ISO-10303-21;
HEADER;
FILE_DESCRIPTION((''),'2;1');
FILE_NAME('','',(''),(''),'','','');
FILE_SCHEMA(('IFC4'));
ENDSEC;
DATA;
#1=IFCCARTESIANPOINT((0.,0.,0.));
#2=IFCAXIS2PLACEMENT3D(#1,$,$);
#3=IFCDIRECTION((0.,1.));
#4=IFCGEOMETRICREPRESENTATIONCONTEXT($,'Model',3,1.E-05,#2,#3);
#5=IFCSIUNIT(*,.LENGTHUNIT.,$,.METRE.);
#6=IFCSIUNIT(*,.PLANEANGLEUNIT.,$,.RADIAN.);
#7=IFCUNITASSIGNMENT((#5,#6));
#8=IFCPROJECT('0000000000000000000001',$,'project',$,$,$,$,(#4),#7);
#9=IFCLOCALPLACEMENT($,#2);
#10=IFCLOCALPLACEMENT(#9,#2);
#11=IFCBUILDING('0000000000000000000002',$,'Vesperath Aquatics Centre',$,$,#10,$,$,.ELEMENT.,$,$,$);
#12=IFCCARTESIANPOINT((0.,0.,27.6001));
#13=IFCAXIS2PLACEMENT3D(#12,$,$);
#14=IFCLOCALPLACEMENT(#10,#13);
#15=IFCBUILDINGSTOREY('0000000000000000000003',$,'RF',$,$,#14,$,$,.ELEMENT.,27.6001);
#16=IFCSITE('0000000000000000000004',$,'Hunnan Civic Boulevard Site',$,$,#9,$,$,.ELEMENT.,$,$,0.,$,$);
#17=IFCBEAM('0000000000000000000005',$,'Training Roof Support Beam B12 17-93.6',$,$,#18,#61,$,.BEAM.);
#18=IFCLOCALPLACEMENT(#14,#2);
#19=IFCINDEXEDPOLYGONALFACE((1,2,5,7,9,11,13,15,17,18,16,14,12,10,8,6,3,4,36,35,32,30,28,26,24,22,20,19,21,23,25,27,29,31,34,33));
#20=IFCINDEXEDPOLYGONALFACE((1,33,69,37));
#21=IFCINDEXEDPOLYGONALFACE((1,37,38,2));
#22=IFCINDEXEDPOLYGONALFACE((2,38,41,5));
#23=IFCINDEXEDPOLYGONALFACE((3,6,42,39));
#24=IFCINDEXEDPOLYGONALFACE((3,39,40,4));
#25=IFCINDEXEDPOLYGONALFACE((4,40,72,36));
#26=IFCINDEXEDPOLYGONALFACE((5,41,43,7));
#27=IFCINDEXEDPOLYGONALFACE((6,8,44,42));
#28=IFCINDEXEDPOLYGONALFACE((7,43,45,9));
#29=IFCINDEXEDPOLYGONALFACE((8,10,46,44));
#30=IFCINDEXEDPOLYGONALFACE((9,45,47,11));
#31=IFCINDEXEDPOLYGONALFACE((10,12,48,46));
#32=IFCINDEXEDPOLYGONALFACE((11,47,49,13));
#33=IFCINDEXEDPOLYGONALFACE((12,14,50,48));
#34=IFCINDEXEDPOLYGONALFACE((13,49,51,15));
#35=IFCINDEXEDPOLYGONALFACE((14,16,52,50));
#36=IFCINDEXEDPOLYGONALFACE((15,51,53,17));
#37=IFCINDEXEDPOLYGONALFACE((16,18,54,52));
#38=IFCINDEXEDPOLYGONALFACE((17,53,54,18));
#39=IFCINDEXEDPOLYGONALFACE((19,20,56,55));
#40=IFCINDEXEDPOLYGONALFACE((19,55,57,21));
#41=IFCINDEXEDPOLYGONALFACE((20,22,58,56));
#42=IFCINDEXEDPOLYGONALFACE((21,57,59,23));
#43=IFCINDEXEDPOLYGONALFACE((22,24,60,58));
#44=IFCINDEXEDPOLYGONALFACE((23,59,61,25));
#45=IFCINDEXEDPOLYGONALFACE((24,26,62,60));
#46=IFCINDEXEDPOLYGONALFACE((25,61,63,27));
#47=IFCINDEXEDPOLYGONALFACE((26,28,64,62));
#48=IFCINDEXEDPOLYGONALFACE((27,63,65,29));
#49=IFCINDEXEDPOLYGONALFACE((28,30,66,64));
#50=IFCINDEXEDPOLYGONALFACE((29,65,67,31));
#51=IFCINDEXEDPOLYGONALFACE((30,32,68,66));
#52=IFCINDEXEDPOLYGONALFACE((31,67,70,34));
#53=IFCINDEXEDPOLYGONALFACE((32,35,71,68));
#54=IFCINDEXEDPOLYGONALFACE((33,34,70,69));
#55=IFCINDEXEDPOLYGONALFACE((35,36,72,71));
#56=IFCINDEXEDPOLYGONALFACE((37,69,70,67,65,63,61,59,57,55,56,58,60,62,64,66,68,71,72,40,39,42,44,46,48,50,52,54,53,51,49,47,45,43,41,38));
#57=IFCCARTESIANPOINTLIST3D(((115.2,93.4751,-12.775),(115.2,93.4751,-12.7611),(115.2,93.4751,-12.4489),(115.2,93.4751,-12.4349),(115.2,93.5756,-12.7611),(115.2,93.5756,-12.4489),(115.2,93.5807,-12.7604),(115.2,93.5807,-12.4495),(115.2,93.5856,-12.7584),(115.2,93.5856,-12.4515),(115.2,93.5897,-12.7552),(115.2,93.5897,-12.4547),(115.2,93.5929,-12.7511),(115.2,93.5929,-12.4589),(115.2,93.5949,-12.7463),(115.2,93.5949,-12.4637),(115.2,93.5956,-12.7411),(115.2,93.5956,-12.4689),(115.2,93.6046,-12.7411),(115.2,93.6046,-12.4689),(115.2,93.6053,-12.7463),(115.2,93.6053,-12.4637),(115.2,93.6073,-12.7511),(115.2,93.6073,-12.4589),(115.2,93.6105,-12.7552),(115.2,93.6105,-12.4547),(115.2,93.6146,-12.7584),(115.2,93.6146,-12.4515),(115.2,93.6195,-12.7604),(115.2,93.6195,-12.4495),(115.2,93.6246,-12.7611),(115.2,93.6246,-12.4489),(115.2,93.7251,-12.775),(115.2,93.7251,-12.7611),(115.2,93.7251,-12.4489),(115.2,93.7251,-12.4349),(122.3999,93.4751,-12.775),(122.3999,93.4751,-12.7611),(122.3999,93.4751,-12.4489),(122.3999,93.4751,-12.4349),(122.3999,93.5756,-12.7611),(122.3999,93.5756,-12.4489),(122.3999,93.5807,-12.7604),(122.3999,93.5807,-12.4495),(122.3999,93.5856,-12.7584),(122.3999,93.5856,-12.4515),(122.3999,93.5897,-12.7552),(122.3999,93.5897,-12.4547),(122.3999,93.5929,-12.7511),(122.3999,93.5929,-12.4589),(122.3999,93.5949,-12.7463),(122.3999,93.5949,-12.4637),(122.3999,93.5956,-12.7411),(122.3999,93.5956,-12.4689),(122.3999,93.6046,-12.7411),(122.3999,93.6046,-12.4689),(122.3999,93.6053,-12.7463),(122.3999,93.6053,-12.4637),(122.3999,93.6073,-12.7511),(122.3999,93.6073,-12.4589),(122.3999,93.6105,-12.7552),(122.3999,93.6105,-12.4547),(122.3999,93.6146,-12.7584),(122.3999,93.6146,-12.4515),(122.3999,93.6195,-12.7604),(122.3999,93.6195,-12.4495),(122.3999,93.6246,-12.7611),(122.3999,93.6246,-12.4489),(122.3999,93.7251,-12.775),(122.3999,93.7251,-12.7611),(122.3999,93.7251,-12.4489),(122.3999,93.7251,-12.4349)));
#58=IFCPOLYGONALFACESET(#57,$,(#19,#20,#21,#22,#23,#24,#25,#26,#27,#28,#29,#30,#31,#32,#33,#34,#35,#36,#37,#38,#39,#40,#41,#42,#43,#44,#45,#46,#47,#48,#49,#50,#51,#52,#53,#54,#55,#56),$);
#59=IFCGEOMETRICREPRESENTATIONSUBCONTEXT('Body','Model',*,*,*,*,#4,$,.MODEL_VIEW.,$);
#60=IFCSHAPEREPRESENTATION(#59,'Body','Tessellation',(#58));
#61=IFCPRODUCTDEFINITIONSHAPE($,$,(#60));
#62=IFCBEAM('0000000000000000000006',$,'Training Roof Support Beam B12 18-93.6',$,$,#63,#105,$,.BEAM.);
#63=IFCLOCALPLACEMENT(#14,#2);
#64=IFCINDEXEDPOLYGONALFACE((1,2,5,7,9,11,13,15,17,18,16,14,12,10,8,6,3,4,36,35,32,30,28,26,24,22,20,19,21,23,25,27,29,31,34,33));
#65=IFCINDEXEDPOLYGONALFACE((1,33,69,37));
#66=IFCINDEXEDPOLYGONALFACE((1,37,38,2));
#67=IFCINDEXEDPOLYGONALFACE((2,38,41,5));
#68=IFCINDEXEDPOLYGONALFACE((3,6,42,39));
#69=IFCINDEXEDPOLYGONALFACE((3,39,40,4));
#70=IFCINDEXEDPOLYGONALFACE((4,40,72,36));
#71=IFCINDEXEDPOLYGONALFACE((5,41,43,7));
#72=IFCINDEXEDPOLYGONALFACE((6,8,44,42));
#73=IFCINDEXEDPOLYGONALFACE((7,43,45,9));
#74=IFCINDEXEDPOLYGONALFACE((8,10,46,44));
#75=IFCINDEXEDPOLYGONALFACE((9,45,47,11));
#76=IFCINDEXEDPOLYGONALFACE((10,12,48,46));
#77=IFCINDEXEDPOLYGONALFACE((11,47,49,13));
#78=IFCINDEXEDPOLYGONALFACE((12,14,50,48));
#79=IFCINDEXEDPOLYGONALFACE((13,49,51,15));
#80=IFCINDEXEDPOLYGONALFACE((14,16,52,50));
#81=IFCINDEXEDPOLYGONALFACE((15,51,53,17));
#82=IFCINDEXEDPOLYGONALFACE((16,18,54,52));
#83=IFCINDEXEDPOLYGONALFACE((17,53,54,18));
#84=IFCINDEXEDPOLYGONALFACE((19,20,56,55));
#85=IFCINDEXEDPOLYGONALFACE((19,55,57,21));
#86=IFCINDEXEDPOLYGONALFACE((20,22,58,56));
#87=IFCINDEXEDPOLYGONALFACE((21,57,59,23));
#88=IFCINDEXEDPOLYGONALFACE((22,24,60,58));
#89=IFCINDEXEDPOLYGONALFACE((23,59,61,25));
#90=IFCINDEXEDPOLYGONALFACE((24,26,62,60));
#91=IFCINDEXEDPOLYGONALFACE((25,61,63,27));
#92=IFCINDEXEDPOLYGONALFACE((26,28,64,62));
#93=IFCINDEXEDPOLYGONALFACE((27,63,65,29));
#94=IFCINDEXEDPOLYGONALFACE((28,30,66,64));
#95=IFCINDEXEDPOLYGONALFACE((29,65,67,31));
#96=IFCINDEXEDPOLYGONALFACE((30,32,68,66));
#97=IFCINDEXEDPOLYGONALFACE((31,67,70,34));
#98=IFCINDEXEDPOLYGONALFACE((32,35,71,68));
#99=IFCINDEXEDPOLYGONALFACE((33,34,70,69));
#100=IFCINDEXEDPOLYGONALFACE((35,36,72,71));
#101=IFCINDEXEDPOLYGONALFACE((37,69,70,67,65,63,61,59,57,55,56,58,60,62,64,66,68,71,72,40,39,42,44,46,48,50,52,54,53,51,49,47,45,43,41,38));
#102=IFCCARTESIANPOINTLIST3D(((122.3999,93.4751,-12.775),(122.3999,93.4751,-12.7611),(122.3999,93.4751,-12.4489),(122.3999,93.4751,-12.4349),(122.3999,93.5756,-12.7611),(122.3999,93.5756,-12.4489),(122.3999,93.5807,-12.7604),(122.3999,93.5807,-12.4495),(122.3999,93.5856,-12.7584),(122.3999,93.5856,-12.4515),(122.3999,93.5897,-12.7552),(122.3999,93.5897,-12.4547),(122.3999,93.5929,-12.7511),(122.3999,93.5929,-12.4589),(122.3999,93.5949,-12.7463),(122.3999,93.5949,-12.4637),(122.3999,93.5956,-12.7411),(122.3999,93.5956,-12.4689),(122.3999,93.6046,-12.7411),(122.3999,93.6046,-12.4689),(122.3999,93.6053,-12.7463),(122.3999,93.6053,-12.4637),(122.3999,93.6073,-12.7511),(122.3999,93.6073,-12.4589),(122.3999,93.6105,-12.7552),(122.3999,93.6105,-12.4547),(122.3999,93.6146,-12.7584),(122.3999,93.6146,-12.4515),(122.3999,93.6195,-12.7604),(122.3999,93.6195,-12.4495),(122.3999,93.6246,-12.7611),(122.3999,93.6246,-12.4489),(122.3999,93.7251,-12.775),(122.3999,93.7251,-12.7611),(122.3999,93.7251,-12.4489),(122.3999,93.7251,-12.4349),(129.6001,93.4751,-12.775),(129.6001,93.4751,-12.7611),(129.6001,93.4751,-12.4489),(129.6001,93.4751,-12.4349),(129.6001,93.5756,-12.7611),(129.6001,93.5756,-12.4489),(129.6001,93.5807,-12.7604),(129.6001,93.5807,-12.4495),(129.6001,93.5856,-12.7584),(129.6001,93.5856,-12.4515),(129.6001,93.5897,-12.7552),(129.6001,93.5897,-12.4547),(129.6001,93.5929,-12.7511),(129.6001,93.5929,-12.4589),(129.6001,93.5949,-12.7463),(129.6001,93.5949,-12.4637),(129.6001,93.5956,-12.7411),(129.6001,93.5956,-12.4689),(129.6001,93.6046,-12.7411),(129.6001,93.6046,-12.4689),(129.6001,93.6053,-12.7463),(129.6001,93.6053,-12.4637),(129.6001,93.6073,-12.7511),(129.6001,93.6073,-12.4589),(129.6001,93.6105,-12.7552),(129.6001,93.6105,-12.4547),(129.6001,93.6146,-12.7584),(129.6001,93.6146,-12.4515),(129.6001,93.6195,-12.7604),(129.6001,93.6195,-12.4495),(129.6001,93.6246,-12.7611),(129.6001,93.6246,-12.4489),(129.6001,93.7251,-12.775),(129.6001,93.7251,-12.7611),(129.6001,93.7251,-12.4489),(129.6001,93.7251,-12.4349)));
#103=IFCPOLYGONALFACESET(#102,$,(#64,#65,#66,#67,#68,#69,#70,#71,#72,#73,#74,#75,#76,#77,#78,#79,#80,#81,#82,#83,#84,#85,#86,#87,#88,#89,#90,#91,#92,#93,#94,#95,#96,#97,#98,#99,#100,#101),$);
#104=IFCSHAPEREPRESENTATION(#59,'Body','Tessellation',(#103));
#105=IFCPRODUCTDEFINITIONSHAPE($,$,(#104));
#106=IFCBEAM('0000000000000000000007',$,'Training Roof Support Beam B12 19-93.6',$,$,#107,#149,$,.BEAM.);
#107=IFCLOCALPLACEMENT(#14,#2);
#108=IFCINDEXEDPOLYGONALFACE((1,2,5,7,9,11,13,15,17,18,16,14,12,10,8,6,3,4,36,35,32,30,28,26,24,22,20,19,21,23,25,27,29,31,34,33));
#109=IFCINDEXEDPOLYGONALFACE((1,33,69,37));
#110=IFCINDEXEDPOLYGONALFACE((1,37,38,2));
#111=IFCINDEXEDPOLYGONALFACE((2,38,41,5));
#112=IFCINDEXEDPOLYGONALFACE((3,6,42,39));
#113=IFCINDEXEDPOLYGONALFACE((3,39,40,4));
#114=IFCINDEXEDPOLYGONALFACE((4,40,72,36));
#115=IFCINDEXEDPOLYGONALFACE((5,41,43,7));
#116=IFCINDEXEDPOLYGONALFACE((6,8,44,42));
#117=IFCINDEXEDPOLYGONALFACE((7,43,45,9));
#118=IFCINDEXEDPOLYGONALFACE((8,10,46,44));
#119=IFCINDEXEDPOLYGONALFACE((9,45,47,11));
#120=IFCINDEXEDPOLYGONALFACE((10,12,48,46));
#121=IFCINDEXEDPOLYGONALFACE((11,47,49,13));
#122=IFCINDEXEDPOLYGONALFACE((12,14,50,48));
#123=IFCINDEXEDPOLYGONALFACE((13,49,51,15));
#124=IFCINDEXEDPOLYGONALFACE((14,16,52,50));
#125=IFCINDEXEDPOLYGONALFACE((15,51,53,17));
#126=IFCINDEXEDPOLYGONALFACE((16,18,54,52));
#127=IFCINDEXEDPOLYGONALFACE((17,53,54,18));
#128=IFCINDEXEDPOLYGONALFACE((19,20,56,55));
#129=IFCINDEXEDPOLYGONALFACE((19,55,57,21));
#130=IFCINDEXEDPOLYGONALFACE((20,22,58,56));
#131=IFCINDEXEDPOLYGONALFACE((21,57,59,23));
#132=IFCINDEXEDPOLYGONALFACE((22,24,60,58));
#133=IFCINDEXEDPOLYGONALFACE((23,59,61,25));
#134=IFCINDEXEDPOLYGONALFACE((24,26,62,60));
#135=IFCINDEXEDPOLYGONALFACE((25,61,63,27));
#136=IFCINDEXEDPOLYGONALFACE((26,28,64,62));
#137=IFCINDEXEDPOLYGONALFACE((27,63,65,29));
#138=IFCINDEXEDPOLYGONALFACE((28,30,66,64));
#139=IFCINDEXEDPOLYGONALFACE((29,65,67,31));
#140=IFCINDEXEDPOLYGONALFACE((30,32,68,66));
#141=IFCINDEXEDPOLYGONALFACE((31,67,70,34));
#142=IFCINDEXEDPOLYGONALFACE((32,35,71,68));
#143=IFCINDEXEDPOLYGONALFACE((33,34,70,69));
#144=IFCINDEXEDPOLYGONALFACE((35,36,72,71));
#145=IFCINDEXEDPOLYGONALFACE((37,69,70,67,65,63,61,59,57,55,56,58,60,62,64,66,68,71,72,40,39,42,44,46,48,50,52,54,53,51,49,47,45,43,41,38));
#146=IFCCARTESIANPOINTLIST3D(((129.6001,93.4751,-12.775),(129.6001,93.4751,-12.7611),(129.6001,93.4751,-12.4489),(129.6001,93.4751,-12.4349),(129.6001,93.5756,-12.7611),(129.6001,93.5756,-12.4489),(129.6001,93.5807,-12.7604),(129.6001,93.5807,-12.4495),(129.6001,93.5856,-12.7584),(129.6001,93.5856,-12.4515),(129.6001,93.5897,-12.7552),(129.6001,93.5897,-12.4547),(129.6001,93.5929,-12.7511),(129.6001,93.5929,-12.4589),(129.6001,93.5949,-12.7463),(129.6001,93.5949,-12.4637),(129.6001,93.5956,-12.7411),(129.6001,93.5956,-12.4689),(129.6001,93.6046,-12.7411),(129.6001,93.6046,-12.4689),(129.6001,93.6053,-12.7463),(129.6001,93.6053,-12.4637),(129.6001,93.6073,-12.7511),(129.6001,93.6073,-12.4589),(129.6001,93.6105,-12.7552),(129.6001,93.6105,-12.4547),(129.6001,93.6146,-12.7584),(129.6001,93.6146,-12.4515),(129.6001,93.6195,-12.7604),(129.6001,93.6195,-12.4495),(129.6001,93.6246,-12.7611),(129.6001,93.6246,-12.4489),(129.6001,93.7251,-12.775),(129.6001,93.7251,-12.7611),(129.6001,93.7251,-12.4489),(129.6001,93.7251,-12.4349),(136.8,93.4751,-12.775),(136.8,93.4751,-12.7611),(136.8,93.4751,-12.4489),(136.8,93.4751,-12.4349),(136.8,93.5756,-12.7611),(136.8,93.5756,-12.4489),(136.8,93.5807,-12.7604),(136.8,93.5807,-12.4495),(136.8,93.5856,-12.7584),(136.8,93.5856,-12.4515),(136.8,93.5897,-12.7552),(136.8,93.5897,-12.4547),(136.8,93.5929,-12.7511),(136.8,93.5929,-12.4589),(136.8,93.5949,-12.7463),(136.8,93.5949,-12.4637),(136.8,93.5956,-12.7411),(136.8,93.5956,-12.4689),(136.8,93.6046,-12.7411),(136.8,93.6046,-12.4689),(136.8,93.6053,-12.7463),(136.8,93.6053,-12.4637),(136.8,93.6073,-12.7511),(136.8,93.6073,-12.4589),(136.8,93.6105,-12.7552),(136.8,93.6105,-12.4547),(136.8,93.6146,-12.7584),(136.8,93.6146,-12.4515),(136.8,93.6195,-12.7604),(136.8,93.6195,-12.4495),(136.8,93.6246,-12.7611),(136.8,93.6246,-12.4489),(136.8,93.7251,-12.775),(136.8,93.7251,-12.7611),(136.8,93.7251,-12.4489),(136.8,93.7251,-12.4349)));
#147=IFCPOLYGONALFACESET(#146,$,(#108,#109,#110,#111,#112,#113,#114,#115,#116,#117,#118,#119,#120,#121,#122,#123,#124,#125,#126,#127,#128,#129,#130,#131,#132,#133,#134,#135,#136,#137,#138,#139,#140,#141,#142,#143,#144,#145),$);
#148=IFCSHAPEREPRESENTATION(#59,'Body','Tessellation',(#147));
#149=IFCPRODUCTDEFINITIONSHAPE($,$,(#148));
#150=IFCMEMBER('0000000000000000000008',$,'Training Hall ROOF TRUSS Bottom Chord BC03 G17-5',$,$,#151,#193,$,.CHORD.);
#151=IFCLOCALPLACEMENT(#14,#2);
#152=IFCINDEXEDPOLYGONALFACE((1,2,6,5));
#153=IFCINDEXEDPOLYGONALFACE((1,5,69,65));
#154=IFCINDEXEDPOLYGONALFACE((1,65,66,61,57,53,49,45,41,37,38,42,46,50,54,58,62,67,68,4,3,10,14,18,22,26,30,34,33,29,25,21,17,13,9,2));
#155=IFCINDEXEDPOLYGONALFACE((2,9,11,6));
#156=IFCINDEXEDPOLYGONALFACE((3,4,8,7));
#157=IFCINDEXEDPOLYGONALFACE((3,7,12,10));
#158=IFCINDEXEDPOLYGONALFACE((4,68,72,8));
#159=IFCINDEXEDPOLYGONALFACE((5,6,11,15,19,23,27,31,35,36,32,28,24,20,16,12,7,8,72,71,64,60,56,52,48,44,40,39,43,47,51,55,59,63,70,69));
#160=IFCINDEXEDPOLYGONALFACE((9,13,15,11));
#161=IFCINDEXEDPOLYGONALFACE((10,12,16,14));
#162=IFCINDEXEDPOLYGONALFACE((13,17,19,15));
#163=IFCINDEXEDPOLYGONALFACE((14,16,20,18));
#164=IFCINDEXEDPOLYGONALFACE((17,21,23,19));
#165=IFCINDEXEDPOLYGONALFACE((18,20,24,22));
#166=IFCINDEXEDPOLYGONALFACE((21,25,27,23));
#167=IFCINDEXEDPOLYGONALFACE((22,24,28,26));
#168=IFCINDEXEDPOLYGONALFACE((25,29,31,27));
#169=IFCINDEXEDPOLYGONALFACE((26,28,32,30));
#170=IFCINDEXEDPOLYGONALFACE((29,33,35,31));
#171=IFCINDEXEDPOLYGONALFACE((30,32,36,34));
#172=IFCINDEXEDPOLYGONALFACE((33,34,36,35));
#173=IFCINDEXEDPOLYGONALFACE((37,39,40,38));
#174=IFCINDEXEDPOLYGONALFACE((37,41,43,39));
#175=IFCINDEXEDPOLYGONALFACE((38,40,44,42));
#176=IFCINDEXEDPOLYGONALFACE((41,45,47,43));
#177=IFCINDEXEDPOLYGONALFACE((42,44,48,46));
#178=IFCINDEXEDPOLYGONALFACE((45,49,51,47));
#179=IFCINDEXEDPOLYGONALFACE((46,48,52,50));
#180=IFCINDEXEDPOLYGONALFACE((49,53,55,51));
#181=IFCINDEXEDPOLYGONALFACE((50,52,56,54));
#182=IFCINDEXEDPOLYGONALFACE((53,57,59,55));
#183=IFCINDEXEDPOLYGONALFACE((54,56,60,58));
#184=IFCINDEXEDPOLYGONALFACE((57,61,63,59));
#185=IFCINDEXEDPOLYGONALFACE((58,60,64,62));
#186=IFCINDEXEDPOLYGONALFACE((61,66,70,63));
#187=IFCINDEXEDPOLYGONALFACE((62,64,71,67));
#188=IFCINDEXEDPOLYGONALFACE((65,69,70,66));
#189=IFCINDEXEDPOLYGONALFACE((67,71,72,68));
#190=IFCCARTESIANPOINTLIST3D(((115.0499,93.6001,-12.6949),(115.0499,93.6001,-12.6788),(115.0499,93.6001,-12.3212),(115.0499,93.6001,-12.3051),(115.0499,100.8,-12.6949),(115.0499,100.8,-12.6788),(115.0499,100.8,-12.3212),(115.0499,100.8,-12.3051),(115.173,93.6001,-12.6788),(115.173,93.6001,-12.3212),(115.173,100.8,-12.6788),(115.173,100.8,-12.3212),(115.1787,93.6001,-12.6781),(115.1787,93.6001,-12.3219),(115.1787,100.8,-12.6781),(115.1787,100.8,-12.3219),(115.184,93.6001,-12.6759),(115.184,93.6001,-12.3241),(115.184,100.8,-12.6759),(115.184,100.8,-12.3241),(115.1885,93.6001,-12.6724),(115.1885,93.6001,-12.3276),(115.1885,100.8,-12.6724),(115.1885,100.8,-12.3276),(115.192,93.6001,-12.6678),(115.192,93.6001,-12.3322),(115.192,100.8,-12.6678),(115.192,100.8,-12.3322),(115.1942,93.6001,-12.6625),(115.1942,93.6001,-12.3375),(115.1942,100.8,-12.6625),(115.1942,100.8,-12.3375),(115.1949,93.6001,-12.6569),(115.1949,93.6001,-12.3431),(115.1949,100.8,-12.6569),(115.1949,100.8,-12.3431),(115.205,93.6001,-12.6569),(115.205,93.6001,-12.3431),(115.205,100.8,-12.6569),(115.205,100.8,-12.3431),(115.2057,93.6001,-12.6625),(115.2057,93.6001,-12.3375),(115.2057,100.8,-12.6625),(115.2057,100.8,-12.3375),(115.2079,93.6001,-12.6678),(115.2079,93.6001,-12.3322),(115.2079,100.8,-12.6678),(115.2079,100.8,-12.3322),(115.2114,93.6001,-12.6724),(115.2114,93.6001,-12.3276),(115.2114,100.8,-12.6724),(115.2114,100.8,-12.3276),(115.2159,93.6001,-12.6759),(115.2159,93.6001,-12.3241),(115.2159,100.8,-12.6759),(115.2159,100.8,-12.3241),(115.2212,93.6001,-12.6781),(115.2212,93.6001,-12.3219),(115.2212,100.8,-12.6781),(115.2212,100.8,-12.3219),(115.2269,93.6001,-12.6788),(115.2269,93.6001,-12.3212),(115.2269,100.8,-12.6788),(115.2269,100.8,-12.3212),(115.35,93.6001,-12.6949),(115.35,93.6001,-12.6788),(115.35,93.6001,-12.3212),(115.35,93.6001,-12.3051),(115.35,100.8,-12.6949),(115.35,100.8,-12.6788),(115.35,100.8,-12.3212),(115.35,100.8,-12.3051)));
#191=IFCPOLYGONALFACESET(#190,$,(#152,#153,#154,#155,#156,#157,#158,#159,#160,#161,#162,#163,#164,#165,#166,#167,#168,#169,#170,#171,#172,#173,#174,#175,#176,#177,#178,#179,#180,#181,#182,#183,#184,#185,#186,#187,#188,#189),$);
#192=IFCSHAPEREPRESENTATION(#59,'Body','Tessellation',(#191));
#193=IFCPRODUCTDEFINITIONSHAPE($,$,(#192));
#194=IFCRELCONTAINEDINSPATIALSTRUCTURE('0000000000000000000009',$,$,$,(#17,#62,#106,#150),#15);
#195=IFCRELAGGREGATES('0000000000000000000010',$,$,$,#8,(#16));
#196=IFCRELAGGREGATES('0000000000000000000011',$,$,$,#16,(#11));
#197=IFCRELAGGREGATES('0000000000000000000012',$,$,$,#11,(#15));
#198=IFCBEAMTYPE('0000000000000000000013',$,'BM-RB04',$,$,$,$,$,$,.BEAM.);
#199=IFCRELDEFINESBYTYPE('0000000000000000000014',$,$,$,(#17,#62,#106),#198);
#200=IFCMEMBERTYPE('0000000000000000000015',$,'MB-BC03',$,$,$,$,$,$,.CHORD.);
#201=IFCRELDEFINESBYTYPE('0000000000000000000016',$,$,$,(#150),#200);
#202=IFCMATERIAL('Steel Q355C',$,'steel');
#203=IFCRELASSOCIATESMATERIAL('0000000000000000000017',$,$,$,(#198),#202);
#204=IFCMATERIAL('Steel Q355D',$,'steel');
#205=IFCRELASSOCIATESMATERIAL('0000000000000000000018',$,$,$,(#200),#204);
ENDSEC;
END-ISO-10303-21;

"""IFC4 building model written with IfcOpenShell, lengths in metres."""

from ifc_helpers import new_model, si_unit, direction, frame, origin, origin_2d, place, context, subcontext, project, spatial, i_section, extrude, material, material_profile, profile_set, type_object, element, save


model = new_model("IFC4")

# Units and contexts
model_context = context("Model", 3, precision=1e-05, world=origin(), true_north=direction((0.0, 1.0)))
body_context = subcontext(model_context, "Body", "Model", "MODEL_VIEW")
ifc_project = project(units=[si_unit("LENGTHUNIT", "METRE"), si_unit("PLANEANGLEUNIT", "RADIAN")], contexts=[model_context])

# Site, building, storey
site_placement = place(None, origin())
site = spatial("IfcSite", under=ifc_project, at=site_placement, Name="Hunnan Civic Boulevard Site", CompositionType="ELEMENT", RefElevation=0.0)
building_placement = place(site_placement, origin())
building = spatial("IfcBuilding", under=site, at=building_placement, Name="Vesperath Aquatics Centre", CompositionType="ELEMENT")
storey_placement = place(building_placement, frame((0.0, 0.0, 27.6001)))
storey = spatial("IfcBuildingStorey", under=building, at=storey_placement, Name="RF", CompositionType="ELEMENT", Elevation=27.6001)

# Beams
ifc_material_1 = material(Name="Steel Q355C", Category="steel")
ifc_material_profile_1 = material_profile(ifc_material_1, i_section(OverallWidth=0.25, OverallDepth=0.3401, WebThickness=0.009, FlangeThickness=0.0139, FilletRadius=0.02, at=origin_2d()), Name="HM 340x250x9x14")
ifc_profile_set_1 = profile_set([ifc_material_profile_1], Name="Steel Q355C")
beam_type = type_object("IfcBeamType", Name="BM-RB04", PredefinedType="BEAM", material=ifc_profile_set_1)
beam_1_placement = place(storey_placement, frame((115.2, 93.6001, -12.605), z_axis=(1.0, 0.0, 0.0), x_axis=(0.0, 1.0, 0.0)))
element("IfcBeam", 1, at=beam_1_placement, inside=storey, type_object=beam_type, Name="Training Roof Support Beam B12 17-93.6", PredefinedType="BEAM", context=body_context, shape_type="SweptSolid", body=[
    extrude(i_section(OverallWidth=0.25, OverallDepth=0.3401, WebThickness=0.009, FlangeThickness=0.0139, FilletRadius=0.02, at=origin_2d()), origin(), (0.0, 0.0, 1.0), 7.2),
])
beam_2_placement = place(storey_placement, frame((122.3999, 93.6001, -12.605), z_axis=(1.0, 0.0, 0.0), x_axis=(0.0, 1.0, 0.0)))
element("IfcBeam", 2, at=beam_2_placement, inside=storey, type_object=beam_type, Name="Training Roof Support Beam B12 18-93.6", PredefinedType="BEAM", context=body_context, shape_type="SweptSolid", body=[
    extrude(i_section(OverallWidth=0.25, OverallDepth=0.3401, WebThickness=0.009, FlangeThickness=0.0139, FilletRadius=0.02, at=origin_2d()), origin(), (0.0, 0.0, 1.0), 7.2002),
])
beam_3_placement = place(storey_placement, frame((129.6001, 93.6001, -12.605), z_axis=(1.0, 0.0, 0.0), x_axis=(0.0, 1.0, 0.0)))
element("IfcBeam", 3, at=beam_3_placement, inside=storey, type_object=beam_type, Name="Training Roof Support Beam B12 19-93.6", PredefinedType="BEAM", context=body_context, shape_type="SweptSolid", body=[
    extrude(i_section(OverallWidth=0.25, OverallDepth=0.3401, WebThickness=0.009, FlangeThickness=0.0139, FilletRadius=0.02, at=origin_2d()), origin(), (0.0, 0.0, 1.0), 7.2),
])

# Member
ifc_material_2 = material(Name="Steel Q355D", Category="steel")
ifc_material_profile_2 = material_profile(ifc_material_2, i_section(OverallWidth=0.3, OverallDepth=0.3899, WebThickness=0.01, FlangeThickness=0.0161, FilletRadius=0.022, at=origin_2d()), Name="HM 390x300x10x16")
ifc_profile_set_2 = profile_set([ifc_material_profile_2], Name="Steel Q355D")
member_type_1 = type_object("IfcMemberType", Name="MB-BC03", PredefinedType="CHORD", material=ifc_profile_set_2)
for number, where, z_axis, x_axis, name in (
    (4, (115.2, 93.6001, -12.5), (0.0, 1.0, 0.0), (-1.0, 0.0, 0.0), "Training Hall ROOF TRUSS Bottom Chord BC03 G17-5"),
):
    element("IfcMember", number, at=place(storey_placement, frame(where, z_axis=z_axis, x_axis=x_axis)), inside=storey, type_object=member_type_1, Name=name, PredefinedType="CHORD", context=body_context, shape_type="SweptSolid", body=[
        extrude(i_section(OverallWidth=0.3, OverallDepth=0.3899, WebThickness=0.01, FlangeThickness=0.0161, FilletRadius=0.022, at=origin_2d()), origin(), (0.0, 0.0, 1.0), 7.2),
    ])

save(model, "model.ifc")
